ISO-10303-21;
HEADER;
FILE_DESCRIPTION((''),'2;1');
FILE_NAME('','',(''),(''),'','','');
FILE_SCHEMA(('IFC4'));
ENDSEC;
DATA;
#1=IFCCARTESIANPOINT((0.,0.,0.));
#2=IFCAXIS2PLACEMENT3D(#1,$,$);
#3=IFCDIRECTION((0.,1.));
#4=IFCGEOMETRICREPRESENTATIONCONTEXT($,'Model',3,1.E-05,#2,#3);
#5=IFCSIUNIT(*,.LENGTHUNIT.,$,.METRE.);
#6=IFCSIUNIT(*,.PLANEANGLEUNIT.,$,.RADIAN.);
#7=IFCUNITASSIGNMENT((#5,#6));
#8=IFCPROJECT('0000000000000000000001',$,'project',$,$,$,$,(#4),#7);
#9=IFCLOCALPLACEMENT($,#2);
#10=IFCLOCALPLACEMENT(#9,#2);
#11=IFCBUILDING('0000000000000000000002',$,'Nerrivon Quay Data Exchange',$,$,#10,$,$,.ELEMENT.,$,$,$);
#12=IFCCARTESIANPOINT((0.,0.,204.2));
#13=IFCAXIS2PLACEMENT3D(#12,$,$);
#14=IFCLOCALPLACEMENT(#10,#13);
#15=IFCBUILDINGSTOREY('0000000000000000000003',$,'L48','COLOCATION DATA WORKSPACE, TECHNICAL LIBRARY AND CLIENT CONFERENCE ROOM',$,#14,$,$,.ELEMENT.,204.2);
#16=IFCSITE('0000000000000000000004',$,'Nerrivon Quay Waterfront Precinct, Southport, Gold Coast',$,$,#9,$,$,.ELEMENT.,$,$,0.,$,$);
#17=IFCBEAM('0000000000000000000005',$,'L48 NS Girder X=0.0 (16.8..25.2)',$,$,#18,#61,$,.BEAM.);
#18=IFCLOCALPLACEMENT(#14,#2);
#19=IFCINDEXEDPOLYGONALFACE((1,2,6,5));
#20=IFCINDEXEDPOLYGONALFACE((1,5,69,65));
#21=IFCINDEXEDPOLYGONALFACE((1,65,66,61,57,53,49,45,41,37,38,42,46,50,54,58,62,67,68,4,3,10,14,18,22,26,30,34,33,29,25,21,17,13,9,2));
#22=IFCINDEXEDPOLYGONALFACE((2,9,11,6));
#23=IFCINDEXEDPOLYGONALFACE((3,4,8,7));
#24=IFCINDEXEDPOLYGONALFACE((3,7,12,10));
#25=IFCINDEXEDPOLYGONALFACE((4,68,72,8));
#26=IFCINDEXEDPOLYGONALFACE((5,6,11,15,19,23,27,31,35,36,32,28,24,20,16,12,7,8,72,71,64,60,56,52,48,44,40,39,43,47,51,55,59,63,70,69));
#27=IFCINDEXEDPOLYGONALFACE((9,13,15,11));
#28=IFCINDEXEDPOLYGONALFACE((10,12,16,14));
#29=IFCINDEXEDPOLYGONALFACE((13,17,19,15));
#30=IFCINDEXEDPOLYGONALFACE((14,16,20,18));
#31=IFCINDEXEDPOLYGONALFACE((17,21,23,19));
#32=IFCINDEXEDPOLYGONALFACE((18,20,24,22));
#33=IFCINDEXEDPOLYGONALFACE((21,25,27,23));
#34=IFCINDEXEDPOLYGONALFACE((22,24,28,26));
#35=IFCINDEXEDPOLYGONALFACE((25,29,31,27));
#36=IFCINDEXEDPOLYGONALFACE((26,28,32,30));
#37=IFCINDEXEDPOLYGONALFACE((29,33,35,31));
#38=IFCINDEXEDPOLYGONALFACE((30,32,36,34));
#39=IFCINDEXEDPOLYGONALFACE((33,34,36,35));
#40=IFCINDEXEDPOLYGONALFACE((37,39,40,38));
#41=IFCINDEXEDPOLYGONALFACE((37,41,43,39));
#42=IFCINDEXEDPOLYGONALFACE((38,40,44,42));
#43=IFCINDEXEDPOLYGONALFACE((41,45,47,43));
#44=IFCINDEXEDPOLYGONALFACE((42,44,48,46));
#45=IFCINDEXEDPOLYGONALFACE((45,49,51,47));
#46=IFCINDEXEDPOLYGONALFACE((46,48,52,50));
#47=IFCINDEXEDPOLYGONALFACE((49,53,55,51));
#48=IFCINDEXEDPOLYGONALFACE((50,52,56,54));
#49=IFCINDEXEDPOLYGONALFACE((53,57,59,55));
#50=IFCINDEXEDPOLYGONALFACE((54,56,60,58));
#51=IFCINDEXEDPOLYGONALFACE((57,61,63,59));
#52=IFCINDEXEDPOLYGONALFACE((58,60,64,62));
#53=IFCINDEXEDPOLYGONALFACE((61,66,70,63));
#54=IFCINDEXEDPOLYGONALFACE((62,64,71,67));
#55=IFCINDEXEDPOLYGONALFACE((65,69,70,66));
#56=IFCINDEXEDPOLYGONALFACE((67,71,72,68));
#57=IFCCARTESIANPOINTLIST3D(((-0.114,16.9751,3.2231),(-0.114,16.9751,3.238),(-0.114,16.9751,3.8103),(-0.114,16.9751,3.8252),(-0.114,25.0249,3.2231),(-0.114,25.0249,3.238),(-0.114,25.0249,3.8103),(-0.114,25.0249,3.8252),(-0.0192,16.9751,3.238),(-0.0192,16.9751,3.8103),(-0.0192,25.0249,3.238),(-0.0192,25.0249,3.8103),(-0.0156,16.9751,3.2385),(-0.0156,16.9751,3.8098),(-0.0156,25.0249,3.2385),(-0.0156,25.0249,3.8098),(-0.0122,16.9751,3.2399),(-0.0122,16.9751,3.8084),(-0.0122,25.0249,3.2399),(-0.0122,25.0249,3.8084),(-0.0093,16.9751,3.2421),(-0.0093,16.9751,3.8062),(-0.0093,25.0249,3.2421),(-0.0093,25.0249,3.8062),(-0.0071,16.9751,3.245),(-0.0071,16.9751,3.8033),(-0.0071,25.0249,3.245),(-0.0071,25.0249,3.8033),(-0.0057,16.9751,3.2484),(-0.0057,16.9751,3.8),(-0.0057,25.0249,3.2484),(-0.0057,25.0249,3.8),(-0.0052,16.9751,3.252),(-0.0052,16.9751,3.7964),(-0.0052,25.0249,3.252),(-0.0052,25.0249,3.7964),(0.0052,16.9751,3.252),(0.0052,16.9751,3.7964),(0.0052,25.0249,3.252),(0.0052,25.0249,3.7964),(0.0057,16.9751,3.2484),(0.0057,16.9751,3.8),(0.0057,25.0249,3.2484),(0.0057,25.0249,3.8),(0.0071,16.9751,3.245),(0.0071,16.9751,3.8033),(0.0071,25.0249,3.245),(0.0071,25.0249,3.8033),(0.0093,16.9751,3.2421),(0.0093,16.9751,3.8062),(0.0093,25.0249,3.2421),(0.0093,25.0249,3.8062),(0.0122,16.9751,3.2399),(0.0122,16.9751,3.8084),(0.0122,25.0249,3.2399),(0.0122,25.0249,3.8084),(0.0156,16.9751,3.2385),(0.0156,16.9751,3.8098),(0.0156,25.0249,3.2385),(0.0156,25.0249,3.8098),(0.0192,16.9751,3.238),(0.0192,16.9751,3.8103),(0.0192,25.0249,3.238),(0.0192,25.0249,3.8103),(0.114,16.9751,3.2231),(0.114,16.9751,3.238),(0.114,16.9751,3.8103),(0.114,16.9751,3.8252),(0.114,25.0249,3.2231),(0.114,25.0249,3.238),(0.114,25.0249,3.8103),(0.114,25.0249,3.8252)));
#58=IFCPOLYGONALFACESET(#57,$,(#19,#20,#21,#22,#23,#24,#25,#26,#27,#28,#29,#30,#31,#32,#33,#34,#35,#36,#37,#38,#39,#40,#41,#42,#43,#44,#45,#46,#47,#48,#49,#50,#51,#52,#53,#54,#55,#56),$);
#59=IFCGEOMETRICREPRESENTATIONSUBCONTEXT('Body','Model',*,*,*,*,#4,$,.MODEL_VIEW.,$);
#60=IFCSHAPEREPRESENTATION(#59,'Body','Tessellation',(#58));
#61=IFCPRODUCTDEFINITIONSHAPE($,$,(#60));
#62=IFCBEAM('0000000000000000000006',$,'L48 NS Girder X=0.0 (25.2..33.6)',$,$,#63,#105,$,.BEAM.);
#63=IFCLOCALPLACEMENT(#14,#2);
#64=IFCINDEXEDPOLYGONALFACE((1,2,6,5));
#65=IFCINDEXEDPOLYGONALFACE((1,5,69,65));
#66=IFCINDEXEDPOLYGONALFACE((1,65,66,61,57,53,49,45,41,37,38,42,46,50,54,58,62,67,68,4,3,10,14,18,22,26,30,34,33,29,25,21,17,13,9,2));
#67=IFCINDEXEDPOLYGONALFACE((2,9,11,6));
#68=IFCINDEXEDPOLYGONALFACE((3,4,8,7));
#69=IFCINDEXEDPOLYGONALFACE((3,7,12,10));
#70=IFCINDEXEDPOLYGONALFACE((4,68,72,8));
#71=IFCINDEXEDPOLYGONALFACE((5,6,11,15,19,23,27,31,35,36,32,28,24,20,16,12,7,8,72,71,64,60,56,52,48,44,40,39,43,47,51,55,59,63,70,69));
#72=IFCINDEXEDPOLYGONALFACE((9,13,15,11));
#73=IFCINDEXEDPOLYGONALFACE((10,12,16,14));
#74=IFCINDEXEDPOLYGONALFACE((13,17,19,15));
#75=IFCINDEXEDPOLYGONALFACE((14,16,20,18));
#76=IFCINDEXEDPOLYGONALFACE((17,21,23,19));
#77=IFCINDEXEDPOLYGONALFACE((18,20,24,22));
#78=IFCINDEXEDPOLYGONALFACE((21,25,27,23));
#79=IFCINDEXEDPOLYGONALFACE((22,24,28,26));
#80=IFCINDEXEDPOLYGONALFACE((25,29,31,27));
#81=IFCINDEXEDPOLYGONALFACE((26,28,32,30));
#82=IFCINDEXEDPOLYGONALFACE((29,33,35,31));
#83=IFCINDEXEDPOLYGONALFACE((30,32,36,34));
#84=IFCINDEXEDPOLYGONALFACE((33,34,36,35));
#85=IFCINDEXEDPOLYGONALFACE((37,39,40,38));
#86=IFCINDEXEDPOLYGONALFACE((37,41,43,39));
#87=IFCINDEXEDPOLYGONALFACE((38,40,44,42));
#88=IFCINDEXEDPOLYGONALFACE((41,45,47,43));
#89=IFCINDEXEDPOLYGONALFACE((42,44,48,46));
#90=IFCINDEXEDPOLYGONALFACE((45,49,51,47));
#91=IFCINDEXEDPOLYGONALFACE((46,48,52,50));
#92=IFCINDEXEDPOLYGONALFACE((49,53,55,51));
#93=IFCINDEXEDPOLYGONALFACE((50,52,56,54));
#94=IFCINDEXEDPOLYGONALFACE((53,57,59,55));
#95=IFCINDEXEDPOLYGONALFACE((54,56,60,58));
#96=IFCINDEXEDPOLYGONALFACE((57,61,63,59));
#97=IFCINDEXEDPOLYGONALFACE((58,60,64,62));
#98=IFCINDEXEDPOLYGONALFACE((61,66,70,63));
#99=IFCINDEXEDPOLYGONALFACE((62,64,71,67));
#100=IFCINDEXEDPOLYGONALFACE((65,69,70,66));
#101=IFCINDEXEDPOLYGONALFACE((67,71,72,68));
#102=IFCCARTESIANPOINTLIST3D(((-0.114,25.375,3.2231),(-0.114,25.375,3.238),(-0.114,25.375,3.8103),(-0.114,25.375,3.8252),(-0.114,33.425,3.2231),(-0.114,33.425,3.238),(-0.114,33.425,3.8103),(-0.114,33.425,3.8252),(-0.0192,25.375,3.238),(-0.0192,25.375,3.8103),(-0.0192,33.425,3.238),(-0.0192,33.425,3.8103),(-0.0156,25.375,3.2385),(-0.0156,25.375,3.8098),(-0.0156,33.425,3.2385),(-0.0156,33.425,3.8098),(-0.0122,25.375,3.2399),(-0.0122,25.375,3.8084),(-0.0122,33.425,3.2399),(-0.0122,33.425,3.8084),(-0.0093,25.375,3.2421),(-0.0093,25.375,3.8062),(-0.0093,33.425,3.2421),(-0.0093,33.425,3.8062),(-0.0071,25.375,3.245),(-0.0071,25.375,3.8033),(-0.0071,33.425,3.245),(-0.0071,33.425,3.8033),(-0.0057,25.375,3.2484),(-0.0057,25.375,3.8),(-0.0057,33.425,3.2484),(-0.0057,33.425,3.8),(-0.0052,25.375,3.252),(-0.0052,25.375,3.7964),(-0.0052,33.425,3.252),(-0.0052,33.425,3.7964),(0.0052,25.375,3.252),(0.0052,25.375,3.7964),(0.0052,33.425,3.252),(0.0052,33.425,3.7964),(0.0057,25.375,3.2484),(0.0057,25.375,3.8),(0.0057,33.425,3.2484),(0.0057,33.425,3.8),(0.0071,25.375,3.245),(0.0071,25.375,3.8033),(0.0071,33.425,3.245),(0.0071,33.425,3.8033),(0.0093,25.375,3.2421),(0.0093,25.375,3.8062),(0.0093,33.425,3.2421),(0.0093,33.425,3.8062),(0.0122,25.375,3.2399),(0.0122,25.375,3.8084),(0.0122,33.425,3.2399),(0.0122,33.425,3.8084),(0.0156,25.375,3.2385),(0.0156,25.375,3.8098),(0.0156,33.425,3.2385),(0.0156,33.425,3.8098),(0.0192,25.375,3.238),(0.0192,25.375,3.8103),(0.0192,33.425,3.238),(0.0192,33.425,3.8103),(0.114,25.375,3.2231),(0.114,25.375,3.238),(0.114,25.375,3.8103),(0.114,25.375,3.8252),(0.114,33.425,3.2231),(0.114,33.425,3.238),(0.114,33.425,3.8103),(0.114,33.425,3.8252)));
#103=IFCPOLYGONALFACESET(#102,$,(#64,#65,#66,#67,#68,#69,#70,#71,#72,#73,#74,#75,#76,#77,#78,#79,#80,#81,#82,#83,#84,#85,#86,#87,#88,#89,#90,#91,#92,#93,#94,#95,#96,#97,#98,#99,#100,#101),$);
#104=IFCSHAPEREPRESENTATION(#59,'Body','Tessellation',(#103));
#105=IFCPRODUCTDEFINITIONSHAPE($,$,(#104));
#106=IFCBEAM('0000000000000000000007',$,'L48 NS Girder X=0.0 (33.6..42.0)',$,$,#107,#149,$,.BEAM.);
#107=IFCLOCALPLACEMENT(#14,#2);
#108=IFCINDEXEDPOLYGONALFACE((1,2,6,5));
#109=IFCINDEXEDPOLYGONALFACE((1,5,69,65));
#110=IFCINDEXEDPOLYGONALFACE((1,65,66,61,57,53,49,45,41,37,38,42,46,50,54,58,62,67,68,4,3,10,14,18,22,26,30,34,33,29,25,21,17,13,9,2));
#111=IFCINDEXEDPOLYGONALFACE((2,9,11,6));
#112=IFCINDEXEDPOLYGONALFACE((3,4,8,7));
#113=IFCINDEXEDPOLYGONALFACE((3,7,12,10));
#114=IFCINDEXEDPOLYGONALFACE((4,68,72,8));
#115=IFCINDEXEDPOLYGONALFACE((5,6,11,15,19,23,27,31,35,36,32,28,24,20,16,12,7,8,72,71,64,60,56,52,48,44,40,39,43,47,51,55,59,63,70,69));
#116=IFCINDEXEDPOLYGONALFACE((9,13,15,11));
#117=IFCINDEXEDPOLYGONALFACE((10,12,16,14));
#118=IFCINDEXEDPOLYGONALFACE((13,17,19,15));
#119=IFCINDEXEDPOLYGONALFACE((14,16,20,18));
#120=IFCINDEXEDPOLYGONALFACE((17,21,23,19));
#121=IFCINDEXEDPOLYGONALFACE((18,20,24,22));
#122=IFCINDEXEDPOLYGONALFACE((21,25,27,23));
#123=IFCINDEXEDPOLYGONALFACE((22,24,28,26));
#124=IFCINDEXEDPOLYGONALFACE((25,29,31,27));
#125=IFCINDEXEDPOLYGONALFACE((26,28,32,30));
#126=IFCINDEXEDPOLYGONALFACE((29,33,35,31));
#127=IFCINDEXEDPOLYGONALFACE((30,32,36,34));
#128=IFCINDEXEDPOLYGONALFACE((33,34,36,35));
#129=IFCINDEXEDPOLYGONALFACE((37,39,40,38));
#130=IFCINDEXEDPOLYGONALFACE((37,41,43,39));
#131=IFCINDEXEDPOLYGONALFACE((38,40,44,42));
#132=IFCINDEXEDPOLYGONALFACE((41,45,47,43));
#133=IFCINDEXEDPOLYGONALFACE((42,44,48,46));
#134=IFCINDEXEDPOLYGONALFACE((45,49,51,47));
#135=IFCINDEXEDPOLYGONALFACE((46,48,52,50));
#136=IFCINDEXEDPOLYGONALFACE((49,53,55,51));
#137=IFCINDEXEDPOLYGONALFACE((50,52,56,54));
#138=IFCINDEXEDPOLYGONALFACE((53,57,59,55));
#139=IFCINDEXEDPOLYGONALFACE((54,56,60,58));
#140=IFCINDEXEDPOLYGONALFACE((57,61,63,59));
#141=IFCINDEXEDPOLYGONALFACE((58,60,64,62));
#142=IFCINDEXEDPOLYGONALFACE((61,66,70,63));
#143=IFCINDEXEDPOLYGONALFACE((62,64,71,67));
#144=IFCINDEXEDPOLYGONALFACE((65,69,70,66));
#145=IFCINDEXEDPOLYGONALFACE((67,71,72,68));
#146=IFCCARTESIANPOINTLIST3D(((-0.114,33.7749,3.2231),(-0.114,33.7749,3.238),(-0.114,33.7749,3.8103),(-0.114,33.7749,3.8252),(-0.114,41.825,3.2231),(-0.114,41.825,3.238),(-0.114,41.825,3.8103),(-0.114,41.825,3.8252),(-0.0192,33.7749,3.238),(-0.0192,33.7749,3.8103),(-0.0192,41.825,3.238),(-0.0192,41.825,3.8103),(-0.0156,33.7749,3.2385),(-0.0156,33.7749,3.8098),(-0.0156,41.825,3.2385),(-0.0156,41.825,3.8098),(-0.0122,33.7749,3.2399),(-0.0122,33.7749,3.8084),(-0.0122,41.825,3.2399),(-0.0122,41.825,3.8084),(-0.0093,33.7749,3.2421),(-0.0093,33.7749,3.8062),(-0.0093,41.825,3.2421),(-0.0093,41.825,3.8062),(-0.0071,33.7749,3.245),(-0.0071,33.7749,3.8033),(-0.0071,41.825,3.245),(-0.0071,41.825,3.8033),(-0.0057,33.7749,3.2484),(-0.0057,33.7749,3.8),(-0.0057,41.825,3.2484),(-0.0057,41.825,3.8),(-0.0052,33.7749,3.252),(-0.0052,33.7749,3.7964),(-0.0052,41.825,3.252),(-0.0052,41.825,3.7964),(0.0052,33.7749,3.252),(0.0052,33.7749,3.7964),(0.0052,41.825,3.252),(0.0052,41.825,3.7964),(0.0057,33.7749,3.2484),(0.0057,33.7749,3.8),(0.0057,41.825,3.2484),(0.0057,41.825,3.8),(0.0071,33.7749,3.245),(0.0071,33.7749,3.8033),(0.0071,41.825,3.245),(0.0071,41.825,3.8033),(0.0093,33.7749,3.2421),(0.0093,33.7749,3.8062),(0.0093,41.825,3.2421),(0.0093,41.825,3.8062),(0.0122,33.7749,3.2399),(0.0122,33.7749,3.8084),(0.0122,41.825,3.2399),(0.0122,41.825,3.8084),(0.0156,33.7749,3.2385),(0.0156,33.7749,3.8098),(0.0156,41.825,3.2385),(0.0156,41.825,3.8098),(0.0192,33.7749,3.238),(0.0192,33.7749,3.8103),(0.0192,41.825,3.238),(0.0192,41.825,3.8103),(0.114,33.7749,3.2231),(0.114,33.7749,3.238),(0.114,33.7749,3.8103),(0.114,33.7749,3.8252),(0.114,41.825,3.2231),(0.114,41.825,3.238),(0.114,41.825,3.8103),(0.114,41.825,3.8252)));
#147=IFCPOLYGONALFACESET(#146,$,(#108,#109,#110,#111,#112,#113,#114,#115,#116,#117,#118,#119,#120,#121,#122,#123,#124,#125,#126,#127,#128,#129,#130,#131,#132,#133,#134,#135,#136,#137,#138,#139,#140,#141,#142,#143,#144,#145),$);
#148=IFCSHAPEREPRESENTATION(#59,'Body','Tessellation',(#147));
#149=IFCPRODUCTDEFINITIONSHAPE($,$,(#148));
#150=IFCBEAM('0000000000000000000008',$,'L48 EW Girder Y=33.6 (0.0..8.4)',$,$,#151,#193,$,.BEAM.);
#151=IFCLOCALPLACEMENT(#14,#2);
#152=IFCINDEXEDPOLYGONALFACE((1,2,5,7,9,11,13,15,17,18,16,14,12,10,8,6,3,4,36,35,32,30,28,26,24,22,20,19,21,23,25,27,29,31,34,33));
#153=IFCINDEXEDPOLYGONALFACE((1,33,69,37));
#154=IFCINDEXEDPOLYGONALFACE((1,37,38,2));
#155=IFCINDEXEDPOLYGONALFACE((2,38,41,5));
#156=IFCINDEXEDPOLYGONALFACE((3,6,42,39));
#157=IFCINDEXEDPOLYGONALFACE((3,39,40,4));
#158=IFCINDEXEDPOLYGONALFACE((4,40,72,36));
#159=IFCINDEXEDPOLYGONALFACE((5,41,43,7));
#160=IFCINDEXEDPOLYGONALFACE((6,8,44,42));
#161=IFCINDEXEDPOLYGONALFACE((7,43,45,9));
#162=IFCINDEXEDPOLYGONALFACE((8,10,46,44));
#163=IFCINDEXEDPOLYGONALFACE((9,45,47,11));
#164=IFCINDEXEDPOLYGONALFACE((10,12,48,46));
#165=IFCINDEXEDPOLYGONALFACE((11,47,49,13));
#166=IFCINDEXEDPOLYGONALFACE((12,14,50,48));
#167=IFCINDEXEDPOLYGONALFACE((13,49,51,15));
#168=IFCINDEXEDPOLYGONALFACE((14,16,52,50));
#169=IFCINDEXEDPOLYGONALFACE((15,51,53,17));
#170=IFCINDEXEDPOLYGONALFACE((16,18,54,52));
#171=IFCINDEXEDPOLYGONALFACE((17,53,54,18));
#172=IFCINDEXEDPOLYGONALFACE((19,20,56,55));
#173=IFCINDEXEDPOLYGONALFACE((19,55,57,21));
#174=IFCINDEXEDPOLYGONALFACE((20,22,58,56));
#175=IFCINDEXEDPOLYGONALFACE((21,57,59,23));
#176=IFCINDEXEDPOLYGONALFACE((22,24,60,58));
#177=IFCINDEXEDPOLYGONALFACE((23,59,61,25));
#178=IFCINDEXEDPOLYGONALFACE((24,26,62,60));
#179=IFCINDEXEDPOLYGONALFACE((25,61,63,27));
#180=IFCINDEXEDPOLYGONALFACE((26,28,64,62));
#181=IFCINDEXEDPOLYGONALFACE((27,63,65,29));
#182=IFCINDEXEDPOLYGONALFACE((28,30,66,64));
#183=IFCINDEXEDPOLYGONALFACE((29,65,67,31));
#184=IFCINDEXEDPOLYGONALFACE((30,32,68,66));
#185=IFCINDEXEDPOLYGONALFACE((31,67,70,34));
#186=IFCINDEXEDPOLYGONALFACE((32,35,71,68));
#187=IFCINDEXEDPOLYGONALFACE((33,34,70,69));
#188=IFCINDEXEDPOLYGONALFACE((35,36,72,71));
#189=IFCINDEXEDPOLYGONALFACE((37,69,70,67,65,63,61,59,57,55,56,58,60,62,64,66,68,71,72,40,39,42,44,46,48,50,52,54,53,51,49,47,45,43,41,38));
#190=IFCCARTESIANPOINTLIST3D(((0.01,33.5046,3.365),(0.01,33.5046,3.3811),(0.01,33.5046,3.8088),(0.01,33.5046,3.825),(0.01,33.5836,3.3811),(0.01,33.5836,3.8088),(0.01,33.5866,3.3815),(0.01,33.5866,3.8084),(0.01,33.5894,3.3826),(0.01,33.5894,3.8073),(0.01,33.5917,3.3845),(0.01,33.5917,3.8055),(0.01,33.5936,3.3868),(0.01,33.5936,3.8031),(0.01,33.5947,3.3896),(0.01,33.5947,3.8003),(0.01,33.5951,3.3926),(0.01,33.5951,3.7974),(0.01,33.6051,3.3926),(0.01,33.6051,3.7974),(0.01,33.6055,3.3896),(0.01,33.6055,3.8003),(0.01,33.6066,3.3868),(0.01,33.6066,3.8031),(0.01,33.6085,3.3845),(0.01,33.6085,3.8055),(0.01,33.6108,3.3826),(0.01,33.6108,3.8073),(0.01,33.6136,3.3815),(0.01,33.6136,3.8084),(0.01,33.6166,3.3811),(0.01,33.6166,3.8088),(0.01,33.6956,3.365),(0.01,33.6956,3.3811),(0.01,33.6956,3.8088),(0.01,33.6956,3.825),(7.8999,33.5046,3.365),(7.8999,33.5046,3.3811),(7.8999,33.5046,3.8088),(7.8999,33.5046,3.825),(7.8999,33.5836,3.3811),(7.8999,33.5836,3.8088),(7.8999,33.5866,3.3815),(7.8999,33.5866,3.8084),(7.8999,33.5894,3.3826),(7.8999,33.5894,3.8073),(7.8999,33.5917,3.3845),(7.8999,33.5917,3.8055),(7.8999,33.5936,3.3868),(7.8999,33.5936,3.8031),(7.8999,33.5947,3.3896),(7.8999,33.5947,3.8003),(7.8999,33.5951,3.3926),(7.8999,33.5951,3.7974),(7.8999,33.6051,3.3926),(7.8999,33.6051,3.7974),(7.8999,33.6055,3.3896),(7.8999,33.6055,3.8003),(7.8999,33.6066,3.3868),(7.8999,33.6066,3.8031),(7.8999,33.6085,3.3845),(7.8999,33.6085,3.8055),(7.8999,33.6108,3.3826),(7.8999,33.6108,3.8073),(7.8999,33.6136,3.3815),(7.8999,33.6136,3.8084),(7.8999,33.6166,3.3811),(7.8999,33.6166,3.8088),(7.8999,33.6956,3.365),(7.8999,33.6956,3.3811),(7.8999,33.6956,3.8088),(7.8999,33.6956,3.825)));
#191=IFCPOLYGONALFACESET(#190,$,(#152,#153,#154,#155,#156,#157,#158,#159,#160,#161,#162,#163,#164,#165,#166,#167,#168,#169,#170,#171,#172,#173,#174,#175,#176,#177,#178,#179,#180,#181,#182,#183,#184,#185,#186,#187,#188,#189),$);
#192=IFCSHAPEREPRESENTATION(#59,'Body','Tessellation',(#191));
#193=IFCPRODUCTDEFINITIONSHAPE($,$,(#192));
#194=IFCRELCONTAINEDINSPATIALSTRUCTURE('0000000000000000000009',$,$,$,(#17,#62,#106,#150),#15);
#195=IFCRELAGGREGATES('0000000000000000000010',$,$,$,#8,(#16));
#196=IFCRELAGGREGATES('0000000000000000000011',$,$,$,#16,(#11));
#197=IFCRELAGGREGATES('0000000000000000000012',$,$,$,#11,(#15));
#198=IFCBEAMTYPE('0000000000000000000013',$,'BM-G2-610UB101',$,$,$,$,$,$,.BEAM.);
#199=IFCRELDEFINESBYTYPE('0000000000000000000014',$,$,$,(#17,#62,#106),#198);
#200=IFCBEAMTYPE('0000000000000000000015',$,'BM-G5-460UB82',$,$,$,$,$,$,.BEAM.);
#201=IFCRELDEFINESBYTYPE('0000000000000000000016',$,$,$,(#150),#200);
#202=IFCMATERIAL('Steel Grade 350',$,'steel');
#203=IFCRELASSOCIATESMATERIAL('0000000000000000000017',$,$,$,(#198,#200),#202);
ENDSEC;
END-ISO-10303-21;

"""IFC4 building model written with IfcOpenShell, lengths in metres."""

from ifc_helpers import new_model, si_unit, direction, frame, origin, origin_2d, place, context, subcontext, project, spatial, i_section, extrude, material, material_profile, profile_set, type_object, element, save


model = new_model("IFC4")

# Units and contexts
model_context = context("Model", 3, precision=1e-05, world=origin(), true_north=direction((0.0, 1.0)))
body_context = subcontext(model_context, "Body", "Model", "MODEL_VIEW")
ifc_project = project(units=[si_unit("LENGTHUNIT", "METRE"), si_unit("PLANEANGLEUNIT", "RADIAN")], contexts=[model_context])

# Site, building, storey
site_placement = place(None, origin())
site = spatial("IfcSite", under=ifc_project, at=site_placement, Name="Nerrivon Quay Waterfront Precinct, Southport, Gold Coast", CompositionType="ELEMENT", RefElevation=0.0)
building_placement = place(site_placement, origin())
building = spatial("IfcBuilding", under=site, at=building_placement, Name="Nerrivon Quay Data Exchange", CompositionType="ELEMENT")
storey_placement = place(building_placement, frame((0.0, 0.0, 204.2)))
storey = spatial("IfcBuildingStorey", under=building, at=storey_placement, Name="L48", Description="COLOCATION DATA WORKSPACE, TECHNICAL LIBRARY AND CLIENT CONFERENCE ROOM", CompositionType="ELEMENT", Elevation=204.2)

# Shared definitions
ifc_material_1 = material(Name="Steel Grade 350", Category="steel")

# Beams
ifc_material_profile_1 = material_profile(ifc_material_1, i_section(OverallWidth=0.228, OverallDepth=0.6021, WebThickness=0.0105, FlangeThickness=0.0149, FilletRadius=0.0139, at=origin_2d()), Name="610UB101")
ifc_profile_set_1 = profile_set([ifc_material_profile_1], Name="Steel Grade 350")
beam_type_1 = type_object("IfcBeamType", Name="BM-G2-610UB101", PredefinedType="BEAM", material=ifc_profile_set_1)
beam_1_placement = place(storey_placement, frame((0.0, 16.9751, 3.5242), z_axis=(0.0, 1.0, 0.0), x_axis=(-1.0, 0.0, 0.0)))
element("IfcBeam", 1, at=beam_1_placement, inside=storey, type_object=beam_type_1, Name="L48 NS Girder X=0.0 (16.8..25.2)", PredefinedType="BEAM", context=body_context, shape_type="SweptSolid", body=[
    extrude(i_section(OverallWidth=0.228, OverallDepth=0.6021, WebThickness=0.0105, FlangeThickness=0.0149, FilletRadius=0.0139, at=origin_2d()), origin(), (0.0, 0.0, 1.0), 8.0498),
])
for number, where, z_axis, x_axis, name in (
    (2, (0.0, 25.375, 3.5242), (0.0, 1.0, 0.0), (-1.0, 0.0, 0.0), "L48 NS Girder X=0.0 (25.2..33.6)"),
    (3, (0.0, 33.7749, 3.5242), (0.0, 1.0, 0.0), (-1.0, 0.0, 0.0), "L48 NS Girder X=0.0 (33.6..42.0)"),
):
    element("IfcBeam", number, at=place(storey_placement, frame(where, z_axis=z_axis, x_axis=x_axis)), inside=storey, type_object=beam_type_1, Name=name, PredefinedType="BEAM", context=body_context, shape_type="SweptSolid", body=[
        extrude(i_section(OverallWidth=0.228, OverallDepth=0.6021, WebThickness=0.0105, FlangeThickness=0.0149, FilletRadius=0.0139, at=origin_2d()), origin(), (0.0, 0.0, 1.0), 8.05),
    ])
ifc_material_profile_2 = material_profile(ifc_material_1, i_section(OverallWidth=0.1909, OverallDepth=0.46, WebThickness=0.01, FlangeThickness=0.0161, FilletRadius=0.0115, at=origin_2d()), Name="460UB82.1")
ifc_profile_set_2 = profile_set([ifc_material_profile_2], Name="Steel Grade 350")
beam_type_2 = type_object("IfcBeamType", Name="BM-G5-460UB82", PredefinedType="BEAM", material=ifc_profile_set_2)
beam_2_placement = place(storey_placement, frame((0.01, 33.6001, 3.595), z_axis=(1.0, 0.0, 0.0), x_axis=(0.0, 1.0, 0.0)))
element("IfcBeam", 4, at=beam_2_placement, inside=storey, type_object=beam_type_2, Name="L48 EW Girder Y=33.6 (0.0..8.4)", PredefinedType="BEAM", context=body_context, shape_type="SweptSolid", body=[
    extrude(i_section(OverallWidth=0.1909, OverallDepth=0.46, WebThickness=0.01, FlangeThickness=0.0161, FilletRadius=0.0115, at=origin_2d()), origin(), (0.0, 0.0, 1.0), 7.8899),
])

save(model, "model.ifc")
